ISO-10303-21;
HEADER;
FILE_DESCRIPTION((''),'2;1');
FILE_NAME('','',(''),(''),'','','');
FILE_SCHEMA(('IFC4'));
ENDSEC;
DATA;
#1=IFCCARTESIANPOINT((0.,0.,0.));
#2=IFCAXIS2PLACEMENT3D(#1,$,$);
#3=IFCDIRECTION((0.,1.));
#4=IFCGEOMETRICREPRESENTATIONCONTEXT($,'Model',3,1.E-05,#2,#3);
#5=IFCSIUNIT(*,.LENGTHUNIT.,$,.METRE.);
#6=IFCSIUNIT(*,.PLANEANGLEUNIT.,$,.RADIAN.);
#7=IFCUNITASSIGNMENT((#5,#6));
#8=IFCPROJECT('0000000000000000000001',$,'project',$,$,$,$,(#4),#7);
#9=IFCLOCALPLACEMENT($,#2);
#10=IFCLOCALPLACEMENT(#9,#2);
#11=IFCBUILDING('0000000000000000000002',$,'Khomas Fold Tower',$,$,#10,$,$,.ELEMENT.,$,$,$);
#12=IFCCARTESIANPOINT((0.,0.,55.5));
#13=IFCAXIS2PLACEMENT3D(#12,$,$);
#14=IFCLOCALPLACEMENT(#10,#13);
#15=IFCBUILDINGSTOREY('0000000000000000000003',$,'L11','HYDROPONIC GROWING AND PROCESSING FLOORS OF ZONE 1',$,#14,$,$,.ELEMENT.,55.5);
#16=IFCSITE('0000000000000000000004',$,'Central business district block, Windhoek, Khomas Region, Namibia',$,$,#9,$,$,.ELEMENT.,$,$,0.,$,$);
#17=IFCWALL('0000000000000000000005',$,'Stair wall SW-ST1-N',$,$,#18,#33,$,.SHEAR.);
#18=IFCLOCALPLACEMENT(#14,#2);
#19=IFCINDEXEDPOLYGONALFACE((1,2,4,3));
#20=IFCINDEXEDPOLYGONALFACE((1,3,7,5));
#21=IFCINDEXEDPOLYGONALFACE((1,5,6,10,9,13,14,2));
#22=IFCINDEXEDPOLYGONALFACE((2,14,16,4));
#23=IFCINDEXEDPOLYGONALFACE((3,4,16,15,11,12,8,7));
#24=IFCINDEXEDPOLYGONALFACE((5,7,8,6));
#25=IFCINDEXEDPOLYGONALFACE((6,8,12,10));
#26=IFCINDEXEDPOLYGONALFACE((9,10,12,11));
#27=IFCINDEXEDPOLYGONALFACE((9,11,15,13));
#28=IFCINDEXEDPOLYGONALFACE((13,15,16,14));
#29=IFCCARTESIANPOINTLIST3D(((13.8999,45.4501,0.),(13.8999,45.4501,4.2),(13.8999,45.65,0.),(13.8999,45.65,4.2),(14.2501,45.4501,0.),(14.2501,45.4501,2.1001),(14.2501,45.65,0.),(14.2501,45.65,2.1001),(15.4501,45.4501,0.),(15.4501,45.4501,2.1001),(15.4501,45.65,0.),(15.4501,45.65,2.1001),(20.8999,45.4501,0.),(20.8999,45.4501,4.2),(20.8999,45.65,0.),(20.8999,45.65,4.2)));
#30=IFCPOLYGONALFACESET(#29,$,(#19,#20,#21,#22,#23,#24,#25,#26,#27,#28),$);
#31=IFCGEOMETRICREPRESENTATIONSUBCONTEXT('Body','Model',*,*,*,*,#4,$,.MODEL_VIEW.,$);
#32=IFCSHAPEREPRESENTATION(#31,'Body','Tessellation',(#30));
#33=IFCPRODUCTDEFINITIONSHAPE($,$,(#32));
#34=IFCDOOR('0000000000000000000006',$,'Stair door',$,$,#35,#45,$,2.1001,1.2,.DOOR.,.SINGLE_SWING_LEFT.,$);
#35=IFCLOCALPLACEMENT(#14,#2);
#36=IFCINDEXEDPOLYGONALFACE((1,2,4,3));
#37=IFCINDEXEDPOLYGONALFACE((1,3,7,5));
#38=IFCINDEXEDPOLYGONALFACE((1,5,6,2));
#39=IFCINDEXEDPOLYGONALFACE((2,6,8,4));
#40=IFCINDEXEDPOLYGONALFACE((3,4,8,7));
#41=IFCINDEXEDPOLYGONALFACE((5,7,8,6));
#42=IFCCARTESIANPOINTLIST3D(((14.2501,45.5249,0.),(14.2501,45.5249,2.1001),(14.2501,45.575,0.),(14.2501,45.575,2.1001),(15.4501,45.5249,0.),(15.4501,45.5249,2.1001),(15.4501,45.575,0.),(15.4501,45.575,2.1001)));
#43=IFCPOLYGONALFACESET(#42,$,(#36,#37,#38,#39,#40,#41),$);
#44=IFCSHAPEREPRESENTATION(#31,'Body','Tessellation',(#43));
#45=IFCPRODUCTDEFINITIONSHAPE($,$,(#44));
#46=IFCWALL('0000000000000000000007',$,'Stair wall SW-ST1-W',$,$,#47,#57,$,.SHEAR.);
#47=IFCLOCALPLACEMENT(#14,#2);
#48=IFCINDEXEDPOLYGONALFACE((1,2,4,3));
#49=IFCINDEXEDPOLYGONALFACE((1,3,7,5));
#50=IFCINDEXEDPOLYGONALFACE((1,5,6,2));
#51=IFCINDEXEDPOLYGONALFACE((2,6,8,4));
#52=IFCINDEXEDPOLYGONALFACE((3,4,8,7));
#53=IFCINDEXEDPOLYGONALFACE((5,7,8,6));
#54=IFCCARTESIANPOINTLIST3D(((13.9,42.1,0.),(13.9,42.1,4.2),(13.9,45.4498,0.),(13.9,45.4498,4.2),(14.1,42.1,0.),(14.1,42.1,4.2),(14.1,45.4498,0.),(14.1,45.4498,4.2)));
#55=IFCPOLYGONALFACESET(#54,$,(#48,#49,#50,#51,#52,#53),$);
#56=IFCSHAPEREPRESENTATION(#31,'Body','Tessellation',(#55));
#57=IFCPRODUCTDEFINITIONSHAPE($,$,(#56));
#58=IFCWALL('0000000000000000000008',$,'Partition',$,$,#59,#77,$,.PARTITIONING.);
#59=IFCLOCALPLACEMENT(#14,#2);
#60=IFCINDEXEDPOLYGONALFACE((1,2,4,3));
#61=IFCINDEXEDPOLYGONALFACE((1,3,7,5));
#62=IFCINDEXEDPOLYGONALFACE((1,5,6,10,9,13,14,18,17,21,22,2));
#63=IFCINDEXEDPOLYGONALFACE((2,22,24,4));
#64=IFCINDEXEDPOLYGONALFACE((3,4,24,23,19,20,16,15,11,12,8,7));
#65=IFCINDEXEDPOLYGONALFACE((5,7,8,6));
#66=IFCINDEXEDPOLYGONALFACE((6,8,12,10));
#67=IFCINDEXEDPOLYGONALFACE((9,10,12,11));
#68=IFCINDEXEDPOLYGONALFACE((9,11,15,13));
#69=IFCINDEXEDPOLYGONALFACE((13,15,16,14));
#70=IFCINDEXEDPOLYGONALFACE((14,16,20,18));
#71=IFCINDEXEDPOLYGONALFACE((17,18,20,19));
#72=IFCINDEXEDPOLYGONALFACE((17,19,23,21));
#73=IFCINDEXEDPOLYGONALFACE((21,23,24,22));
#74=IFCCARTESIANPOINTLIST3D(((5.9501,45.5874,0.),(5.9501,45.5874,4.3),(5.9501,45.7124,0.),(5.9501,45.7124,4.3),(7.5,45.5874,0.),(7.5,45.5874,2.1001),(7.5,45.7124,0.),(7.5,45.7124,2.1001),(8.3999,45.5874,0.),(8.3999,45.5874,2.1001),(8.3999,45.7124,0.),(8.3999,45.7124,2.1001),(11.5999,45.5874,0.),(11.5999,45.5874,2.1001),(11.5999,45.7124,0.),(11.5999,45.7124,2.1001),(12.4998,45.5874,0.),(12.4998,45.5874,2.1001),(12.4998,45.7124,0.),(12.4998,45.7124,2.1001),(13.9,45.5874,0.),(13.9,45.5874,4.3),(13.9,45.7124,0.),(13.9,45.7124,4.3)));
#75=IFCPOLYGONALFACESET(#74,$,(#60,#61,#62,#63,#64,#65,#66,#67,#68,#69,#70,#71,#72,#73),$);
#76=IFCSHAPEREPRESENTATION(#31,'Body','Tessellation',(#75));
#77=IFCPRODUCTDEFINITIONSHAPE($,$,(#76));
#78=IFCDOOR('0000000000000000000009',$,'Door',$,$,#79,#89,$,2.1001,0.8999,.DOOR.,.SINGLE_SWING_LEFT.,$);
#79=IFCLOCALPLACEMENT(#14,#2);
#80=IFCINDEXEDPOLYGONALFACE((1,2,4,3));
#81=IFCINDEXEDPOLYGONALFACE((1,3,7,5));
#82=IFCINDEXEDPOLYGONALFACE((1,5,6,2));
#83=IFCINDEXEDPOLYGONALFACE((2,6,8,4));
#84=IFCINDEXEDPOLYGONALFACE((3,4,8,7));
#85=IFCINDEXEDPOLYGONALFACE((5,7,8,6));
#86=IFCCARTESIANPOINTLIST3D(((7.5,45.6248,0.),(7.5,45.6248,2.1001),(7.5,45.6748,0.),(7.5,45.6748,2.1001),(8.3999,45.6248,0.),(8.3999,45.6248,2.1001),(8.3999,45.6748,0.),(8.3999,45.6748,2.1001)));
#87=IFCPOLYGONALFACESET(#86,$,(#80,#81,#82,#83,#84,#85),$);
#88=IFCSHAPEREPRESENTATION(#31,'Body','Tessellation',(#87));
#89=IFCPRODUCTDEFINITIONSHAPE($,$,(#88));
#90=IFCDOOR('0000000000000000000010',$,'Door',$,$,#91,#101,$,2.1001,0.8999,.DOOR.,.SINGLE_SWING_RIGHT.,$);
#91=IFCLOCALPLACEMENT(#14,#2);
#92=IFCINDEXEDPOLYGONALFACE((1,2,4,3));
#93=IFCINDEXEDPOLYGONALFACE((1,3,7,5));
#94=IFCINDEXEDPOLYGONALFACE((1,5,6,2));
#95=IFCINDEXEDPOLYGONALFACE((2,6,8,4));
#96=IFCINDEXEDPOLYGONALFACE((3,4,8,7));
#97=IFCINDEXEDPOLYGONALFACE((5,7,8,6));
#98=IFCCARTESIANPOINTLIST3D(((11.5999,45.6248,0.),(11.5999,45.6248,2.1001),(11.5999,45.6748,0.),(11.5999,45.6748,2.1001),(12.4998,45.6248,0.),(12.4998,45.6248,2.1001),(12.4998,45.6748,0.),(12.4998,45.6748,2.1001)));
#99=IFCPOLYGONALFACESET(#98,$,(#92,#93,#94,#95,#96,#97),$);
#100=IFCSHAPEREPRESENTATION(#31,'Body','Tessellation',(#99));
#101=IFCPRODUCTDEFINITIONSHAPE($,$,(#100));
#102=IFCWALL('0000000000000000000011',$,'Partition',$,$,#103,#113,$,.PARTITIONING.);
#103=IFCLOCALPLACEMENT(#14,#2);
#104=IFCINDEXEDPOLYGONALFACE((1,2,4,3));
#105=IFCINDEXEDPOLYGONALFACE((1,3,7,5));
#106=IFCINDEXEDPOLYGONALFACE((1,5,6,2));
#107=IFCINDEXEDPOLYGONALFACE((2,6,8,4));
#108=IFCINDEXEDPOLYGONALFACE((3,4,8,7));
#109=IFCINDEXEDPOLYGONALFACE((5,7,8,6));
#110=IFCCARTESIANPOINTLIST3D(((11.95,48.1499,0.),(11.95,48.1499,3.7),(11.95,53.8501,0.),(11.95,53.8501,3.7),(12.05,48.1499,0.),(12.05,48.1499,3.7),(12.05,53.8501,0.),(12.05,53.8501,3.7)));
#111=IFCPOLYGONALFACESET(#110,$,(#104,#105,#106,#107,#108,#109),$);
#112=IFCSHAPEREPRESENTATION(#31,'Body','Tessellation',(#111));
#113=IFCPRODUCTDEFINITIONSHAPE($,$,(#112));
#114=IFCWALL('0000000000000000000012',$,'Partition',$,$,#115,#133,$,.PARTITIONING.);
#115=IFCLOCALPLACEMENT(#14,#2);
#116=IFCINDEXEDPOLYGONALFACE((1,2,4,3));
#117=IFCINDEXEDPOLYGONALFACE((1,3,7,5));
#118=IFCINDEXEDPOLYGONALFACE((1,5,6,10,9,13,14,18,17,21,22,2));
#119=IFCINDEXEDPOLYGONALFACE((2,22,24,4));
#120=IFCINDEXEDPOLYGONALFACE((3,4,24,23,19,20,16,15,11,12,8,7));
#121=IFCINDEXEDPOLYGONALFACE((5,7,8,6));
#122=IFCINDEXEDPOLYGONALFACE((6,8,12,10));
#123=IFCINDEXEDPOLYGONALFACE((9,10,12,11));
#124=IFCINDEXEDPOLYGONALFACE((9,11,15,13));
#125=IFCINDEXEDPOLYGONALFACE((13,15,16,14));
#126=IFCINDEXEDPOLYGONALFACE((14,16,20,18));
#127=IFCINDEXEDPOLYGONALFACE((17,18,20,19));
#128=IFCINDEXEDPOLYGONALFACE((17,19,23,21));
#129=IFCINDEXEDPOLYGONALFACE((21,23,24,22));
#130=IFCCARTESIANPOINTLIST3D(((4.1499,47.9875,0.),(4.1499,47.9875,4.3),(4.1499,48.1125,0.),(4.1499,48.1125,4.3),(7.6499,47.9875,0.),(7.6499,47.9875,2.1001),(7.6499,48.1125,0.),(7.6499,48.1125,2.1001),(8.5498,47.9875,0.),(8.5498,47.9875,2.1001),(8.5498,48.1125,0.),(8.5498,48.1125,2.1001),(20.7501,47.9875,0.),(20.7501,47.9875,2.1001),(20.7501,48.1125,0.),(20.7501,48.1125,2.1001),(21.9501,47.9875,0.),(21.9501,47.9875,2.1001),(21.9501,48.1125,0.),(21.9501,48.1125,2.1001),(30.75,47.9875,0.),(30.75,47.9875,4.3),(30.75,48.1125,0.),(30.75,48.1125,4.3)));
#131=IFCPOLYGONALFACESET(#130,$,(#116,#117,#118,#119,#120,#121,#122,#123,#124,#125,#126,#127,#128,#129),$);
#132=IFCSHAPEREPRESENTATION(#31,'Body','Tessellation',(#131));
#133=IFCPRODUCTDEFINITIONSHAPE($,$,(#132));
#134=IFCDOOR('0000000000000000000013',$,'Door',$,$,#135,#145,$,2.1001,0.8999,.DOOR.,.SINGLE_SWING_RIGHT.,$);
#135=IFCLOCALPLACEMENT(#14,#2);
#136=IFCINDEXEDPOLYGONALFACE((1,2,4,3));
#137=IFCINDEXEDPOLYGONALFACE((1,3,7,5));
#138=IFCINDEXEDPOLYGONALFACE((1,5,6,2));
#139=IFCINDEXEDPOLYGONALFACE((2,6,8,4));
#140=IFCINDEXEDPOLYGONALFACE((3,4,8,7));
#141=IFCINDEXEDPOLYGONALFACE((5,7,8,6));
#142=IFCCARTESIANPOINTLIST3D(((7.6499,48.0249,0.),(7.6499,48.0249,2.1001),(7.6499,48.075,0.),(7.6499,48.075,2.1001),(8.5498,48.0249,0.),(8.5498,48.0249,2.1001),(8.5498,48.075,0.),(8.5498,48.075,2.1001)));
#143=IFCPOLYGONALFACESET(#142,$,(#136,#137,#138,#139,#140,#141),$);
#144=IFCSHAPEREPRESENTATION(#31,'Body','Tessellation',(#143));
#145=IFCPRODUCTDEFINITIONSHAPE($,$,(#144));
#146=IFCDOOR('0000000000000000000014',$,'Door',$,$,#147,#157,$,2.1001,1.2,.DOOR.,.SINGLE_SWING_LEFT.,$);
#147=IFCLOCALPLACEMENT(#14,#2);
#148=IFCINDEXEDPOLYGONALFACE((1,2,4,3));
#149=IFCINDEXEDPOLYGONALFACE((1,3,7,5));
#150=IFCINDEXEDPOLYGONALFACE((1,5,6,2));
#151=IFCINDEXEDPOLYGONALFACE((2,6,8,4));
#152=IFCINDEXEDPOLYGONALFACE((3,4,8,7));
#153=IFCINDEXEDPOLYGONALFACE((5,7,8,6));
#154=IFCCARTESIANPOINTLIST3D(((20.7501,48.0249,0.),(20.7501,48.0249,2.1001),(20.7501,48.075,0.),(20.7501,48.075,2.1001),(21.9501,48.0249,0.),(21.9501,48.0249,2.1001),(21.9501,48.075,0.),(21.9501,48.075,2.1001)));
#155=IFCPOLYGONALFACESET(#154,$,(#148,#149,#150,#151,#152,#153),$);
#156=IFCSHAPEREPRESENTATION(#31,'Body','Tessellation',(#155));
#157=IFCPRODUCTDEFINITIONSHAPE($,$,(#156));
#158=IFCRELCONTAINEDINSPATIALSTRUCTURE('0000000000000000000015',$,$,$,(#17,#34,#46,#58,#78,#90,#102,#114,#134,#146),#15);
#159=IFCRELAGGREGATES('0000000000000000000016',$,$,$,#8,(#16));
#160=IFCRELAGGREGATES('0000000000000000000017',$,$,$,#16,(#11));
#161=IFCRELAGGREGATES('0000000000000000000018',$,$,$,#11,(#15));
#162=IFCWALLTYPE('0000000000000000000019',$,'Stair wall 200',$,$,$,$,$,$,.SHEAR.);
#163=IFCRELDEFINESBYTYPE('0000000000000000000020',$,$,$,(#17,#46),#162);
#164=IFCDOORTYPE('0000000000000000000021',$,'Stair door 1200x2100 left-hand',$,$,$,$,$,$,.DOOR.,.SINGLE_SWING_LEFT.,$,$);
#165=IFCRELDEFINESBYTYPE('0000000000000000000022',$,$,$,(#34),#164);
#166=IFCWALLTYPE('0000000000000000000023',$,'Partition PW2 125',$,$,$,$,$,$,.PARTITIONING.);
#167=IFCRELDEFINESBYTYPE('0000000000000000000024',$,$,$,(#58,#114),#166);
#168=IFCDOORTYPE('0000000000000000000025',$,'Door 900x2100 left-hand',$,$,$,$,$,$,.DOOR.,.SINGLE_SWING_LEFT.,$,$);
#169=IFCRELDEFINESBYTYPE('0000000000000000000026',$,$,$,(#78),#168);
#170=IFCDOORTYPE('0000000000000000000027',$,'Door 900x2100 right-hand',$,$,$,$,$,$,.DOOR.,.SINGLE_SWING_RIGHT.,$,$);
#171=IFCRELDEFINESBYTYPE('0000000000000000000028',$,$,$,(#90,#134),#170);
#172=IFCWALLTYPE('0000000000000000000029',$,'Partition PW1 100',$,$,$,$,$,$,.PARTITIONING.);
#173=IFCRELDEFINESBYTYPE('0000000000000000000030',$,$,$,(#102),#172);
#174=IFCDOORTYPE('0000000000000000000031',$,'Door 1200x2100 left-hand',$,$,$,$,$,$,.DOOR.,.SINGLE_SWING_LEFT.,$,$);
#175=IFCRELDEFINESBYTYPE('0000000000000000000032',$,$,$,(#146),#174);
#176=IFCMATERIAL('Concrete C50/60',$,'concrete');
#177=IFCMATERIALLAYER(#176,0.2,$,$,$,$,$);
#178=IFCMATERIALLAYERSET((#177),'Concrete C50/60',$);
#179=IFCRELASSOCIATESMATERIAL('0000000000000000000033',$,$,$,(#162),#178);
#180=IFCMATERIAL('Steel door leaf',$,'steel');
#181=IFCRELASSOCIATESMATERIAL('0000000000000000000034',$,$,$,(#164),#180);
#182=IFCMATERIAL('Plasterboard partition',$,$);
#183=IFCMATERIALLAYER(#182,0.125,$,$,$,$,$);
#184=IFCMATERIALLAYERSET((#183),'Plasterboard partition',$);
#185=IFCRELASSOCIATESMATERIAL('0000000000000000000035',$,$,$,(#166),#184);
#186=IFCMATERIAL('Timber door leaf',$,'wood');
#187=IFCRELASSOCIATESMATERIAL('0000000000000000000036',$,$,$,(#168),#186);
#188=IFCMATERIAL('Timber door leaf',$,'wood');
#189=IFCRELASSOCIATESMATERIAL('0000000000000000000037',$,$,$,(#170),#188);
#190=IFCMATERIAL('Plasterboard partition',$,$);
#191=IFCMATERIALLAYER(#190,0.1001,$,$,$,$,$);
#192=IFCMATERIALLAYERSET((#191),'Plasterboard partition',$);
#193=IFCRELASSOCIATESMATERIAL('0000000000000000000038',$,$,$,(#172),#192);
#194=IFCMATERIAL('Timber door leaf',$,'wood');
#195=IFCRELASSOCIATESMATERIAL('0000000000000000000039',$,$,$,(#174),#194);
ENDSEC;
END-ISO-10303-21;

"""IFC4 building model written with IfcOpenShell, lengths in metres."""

from ifc_helpers import new_model, si_unit, direction, frame, frame_2d, origin, place, context, subcontext, project, spatial, rectangle, extrude, source, transform, mapped, material, layer, layer_set, type_object, element, fill, save


model = new_model("IFC4")

# Units and contexts
model_context = context("Model", 3, precision=1e-05, world=origin(), true_north=direction((0.0, 1.0)))
body_context = subcontext(model_context, "Body", "Model", "MODEL_VIEW")
ifc_project = project(units=[si_unit("LENGTHUNIT", "METRE"), si_unit("PLANEANGLEUNIT", "RADIAN")], contexts=[model_context])

# Site, building, storey
site_placement = place(None, origin())
site = spatial("IfcSite", under=ifc_project, at=site_placement, Name="Central business district block, Windhoek, Khomas Region, Namibia", CompositionType="ELEMENT", RefElevation=0.0)
building_placement = place(site_placement, origin())
building = spatial("IfcBuilding", under=site, at=building_placement, Name="Khomas Fold Tower", CompositionType="ELEMENT")
storey_placement = place(building_placement, frame((0.0, 0.0, 55.5)))
storey = spatial("IfcBuildingStorey", under=building, at=storey_placement, Name="L11", Description="HYDROPONIC GROWING AND PROCESSING FLOORS OF ZONE 1", CompositionType="ELEMENT", Elevation=55.5)

# Wall, opening, door
ifc_material_1 = material(Name="Concrete C50/60", Category="concrete")
ifc_layer_1 = layer(ifc_material_1, 0.2)
ifc_layer_set_1 = layer_set([ifc_layer_1], Name="Concrete C50/60")
wall_type_1 = type_object("IfcWallType", Name="Stair wall 200", PredefinedType="SHEAR", material=ifc_layer_set_1)
shared_shape_1 = source(origin(), body_context, "Body", "SweptSolid", [
    extrude(rectangle(XDim=7.0, YDim=0.2, at=frame_2d((3.5, 0.0))), origin(), (0.0, 0.0, 1.0), 4.2),
])
wall_1_placement = place(storey_placement, frame((13.8999, 45.55, 0.0), z_axis=(0.0, 0.0, 1.0), x_axis=(1.0, 0.0, 0.0)))
wall_1 = element("IfcWall", 1, at=wall_1_placement, inside=storey, type_object=wall_type_1, Name="Stair wall SW-ST1-N", PredefinedType="SHEAR", context=body_context, shape_type="MappedRepresentation", body=[
    mapped(shared_shape_1, transform((0.0, 0.0, 0.0))),
])
shared_shape_2 = source(origin(), body_context, "Body", "SweptSolid", [
    extrude(rectangle(XDim=1.2, YDim=2.1001, at=frame_2d((0.6001, 1.05))), frame((0.0, 0.1099, 0.0), z_axis=(0.0, -1.0, 0.0), x_axis=(1.0, 0.0, 0.0)), (0.0, 0.0, 1.0), 0.22),
])
opening_1_placement = place(wall_1_placement, frame((0.3501, 0.0, 0.0)))
opening_1 = element("IfcOpeningElement", 2, at=opening_1_placement, cuts=wall_1, PredefinedType="OPENING", context=body_context, shape_type="MappedRepresentation", body=[
    mapped(shared_shape_2, transform((0.0, 0.0, 0.0))),
])
ifc_material_2 = material(Name="Steel door leaf", Category="steel")
door_type_1 = type_object("IfcDoorType", Name="Stair door 1200x2100 left-hand", OperationType="SINGLE_SWING_LEFT", PredefinedType="DOOR", material=ifc_material_2)
shared_shape_3 = source(origin(), body_context, "Body", "SweptSolid", [
    extrude(rectangle(XDim=1.2, YDim=2.1001, at=frame_2d((0.6001, 1.05))), frame((0.0, 0.0249, 0.0), z_axis=(0.0, -1.0, 0.0), x_axis=(1.0, 0.0, 0.0)), (0.0, 0.0, 1.0), 0.05),
])
door_1_placement = place(opening_1_placement, origin())
door_1 = element("IfcDoor", 3, at=door_1_placement, inside=storey, type_object=door_type_1, Name="Stair door", OperationType="SINGLE_SWING_LEFT", OverallHeight=2.1001, OverallWidth=1.2, PredefinedType="DOOR", context=body_context, shape_type="MappedRepresentation", body=[
    mapped(shared_shape_3, transform((0.0, 0.0, 0.0))),
])
fill(opening_1, door_1)

# Wall
shared_shape_4 = source(origin(), body_context, "Body", "SweptSolid", [
    extrude(rectangle(XDim=3.3499, YDim=0.2, at=frame_2d((1.6748, 0.0))), origin(), (0.0, 0.0, 1.0), 4.2),
])
wall_2_placement = place(storey_placement, frame((14.0, 42.1001, 0.0), z_axis=(0.0, 0.0, 1.0), x_axis=(0.0, 1.0, 0.0)))
element("IfcWall", 4, at=wall_2_placement, inside=storey, type_object=wall_type_1, Name="Stair wall SW-ST1-W", PredefinedType="SHEAR", context=body_context, shape_type="MappedRepresentation", body=[
    mapped(shared_shape_4, transform((0.0, 0.0, 0.0))),
])

# Wall, openings, doors
ifc_material_3 = material(Name="Plasterboard partition")
ifc_layer_2 = layer(ifc_material_3, 0.125)
ifc_layer_set_2 = layer_set([ifc_layer_2], Name="Plasterboard partition")
wall_type_2 = type_object("IfcWallType", Name="Partition PW2 125", PredefinedType="PARTITIONING", material=ifc_layer_set_2)
shared_shape_5 = source(origin(), body_context, "Body", "SweptSolid", [
    extrude(rectangle(XDim=7.95, YDim=0.125, at=frame_2d((3.9751, 0.0))), origin(), (0.0, 0.0, 1.0), 4.3),
])
wall_3_placement = place(storey_placement, frame((5.95, 45.6499, 0.0), z_axis=(0.0, 0.0, 1.0), x_axis=(1.0, 0.0, 0.0)))
wall_3 = element("IfcWall", 5, at=wall_3_placement, inside=storey, type_object=wall_type_2, Name="Partition", PredefinedType="PARTITIONING", context=body_context, shape_type="MappedRepresentation", body=[
    mapped(shared_shape_5, transform((0.0, 0.0, 0.0))),
])
shared_shape_6 = source(origin(), body_context, "Body", "SweptSolid", [
    extrude(rectangle(XDim=0.8999, YDim=2.1001, at=frame_2d((0.45, 1.05))), frame((0.0, 0.0725, 0.0), z_axis=(0.0, -1.0, 0.0), x_axis=(1.0, 0.0, 0.0)), (0.0, 0.0, 1.0), 0.145),
])
opening_2_placement = place(wall_3_placement, frame((1.55, 0.0, 0.0)))
opening_2 = element("IfcOpeningElement", 6, at=opening_2_placement, cuts=wall_3, PredefinedType="OPENING", context=body_context, shape_type="MappedRepresentation", body=[
    mapped(shared_shape_6, transform((0.0, 0.0, 0.0))),
])
opening_3_placement = place(wall_3_placement, frame((5.6499, 0.0, 0.0)))
opening_3 = element("IfcOpeningElement", 7, at=opening_3_placement, cuts=wall_3, PredefinedType="OPENING", context=body_context, shape_type="MappedRepresentation", body=[
    mapped(shared_shape_6, transform((0.0, 0.0, 0.0))),
])
ifc_material_4 = material(Name="Timber door leaf", Category="wood")
door_type_2 = type_object("IfcDoorType", Name="Door 900x2100 left-hand", OperationType="SINGLE_SWING_LEFT", PredefinedType="DOOR", material=ifc_material_4)
shared_shape_7 = source(origin(), body_context, "Body", "SweptSolid", [
    extrude(rectangle(XDim=0.8999, YDim=2.1001, at=frame_2d((0.45, 1.05))), frame((0.0, 0.0249, 0.0), z_axis=(0.0, -1.0, 0.0), x_axis=(1.0, 0.0, 0.0)), (0.0, 0.0, 1.0), 0.05),
])
door_2_placement = place(opening_2_placement, origin())
door_2 = element("IfcDoor", 8, at=door_2_placement, inside=storey, type_object=door_type_2, Name="Door", OperationType="SINGLE_SWING_LEFT", OverallHeight=2.1001, OverallWidth=0.8999, PredefinedType="DOOR", context=body_context, shape_type="MappedRepresentation", body=[
    mapped(shared_shape_7, transform((0.0, 0.0, 0.0))),
])
fill(opening_2, door_2)
ifc_material_5 = material(Name="Timber door leaf", Category="wood")
door_type_3 = type_object("IfcDoorType", Name="Door 900x2100 right-hand", OperationType="SINGLE_SWING_RIGHT", PredefinedType="DOOR", material=ifc_material_5)
door_3_placement = place(opening_3_placement, origin())
door_3 = element("IfcDoor", 9, at=door_3_placement, inside=storey, type_object=door_type_3, Name="Door", OperationType="SINGLE_SWING_RIGHT", OverallHeight=2.1001, OverallWidth=0.8999, PredefinedType="DOOR", context=body_context, shape_type="MappedRepresentation", body=[
    mapped(shared_shape_7, transform((0.0, 0.0, 0.0))),
])
fill(opening_3, door_3)

# Wall
ifc_material_6 = material(Name="Plasterboard partition")
ifc_layer_3 = layer(ifc_material_6, 0.1001)
ifc_layer_set_3 = layer_set([ifc_layer_3], Name="Plasterboard partition")
wall_type_3 = type_object("IfcWallType", Name="Partition PW1 100", PredefinedType="PARTITIONING", material=ifc_layer_set_3)
shared_shape_8 = source(origin(), body_context, "Body", "SweptSolid", [
    extrude(rectangle(XDim=5.7002, YDim=0.1001, at=frame_2d((2.8501, 0.0))), origin(), (0.0, 0.0, 1.0), 3.7),
])
wall_4_placement = place(storey_placement, frame((12.0, 48.1499, 0.0), z_axis=(0.0, 0.0, 1.0), x_axis=(0.0, 1.0, 0.0)))
element("IfcWall", 10, at=wall_4_placement, inside=storey, type_object=wall_type_3, Name="Partition", PredefinedType="PARTITIONING", context=body_context, shape_type="MappedRepresentation", body=[
    mapped(shared_shape_8, transform((0.0, 0.0, 0.0))),
])

# Wall, openings, doors
shared_shape_9 = source(origin(), body_context, "Body", "SweptSolid", [
    extrude(rectangle(XDim=26.6001, YDim=0.125, at=frame_2d((13.3, 0.0))), origin(), (0.0, 0.0, 1.0), 4.3),
])
wall_5_placement = place(storey_placement, frame((4.1499, 48.05, 0.0), z_axis=(0.0, 0.0, 1.0), x_axis=(1.0, 0.0, 0.0)))
wall_5 = element("IfcWall", 11, at=wall_5_placement, inside=storey, type_object=wall_type_2, Name="Partition", PredefinedType="PARTITIONING", context=body_context, shape_type="MappedRepresentation", body=[
    mapped(shared_shape_9, transform((0.0, 0.0, 0.0))),
])
opening_4_placement = place(wall_5_placement, frame((3.5, 0.0, 0.0)))
opening_4 = element("IfcOpeningElement", 12, at=opening_4_placement, cuts=wall_5, PredefinedType="OPENING", context=body_context, shape_type="MappedRepresentation", body=[
    mapped(shared_shape_6, transform((0.0, 0.0, 0.0))),
])
shared_shape_10 = source(origin(), body_context, "Body", "SweptSolid", [
    extrude(rectangle(XDim=1.2, YDim=2.1001, at=frame_2d((0.6001, 1.05))), frame((0.0, 0.0725, 0.0), z_axis=(0.0, -1.0, 0.0), x_axis=(1.0, 0.0, 0.0)), (0.0, 0.0, 1.0), 0.145),
])
opening_5_placement = place(wall_5_placement, frame((16.6001, 0.0, 0.0)))
opening_5 = element("IfcOpeningElement", 13, at=opening_5_placement, cuts=wall_5, PredefinedType="OPENING", context=body_context, shape_type="MappedRepresentation", body=[
    mapped(shared_shape_10, transform((0.0, 0.0, 0.0))),
])
door_4_placement = place(opening_4_placement, origin())
door_4 = element("IfcDoor", 14, at=door_4_placement, inside=storey, type_object=door_type_3, Name="Door", OperationType="SINGLE_SWING_RIGHT", OverallHeight=2.1001, OverallWidth=0.8999, PredefinedType="DOOR", context=body_context, shape_type="MappedRepresentation", body=[
    mapped(shared_shape_7, transform((0.0, 0.0, 0.0))),
])
fill(opening_4, door_4)
ifc_material_7 = material(Name="Timber door leaf", Category="wood")
door_type_4 = type_object("IfcDoorType", Name="Door 1200x2100 left-hand", OperationType="SINGLE_SWING_LEFT", PredefinedType="DOOR", material=ifc_material_7)
door_5_placement = place(opening_5_placement, origin())
door_5 = element("IfcDoor", 15, at=door_5_placement, inside=storey, type_object=door_type_4, Name="Door", OperationType="SINGLE_SWING_LEFT", OverallHeight=2.1001, OverallWidth=1.2, PredefinedType="DOOR", context=body_context, shape_type="MappedRepresentation", body=[
    mapped(shared_shape_3, transform((0.0, 0.0, 0.0))),
])
fill(opening_5, door_5)

save(model, "model.ifc")
